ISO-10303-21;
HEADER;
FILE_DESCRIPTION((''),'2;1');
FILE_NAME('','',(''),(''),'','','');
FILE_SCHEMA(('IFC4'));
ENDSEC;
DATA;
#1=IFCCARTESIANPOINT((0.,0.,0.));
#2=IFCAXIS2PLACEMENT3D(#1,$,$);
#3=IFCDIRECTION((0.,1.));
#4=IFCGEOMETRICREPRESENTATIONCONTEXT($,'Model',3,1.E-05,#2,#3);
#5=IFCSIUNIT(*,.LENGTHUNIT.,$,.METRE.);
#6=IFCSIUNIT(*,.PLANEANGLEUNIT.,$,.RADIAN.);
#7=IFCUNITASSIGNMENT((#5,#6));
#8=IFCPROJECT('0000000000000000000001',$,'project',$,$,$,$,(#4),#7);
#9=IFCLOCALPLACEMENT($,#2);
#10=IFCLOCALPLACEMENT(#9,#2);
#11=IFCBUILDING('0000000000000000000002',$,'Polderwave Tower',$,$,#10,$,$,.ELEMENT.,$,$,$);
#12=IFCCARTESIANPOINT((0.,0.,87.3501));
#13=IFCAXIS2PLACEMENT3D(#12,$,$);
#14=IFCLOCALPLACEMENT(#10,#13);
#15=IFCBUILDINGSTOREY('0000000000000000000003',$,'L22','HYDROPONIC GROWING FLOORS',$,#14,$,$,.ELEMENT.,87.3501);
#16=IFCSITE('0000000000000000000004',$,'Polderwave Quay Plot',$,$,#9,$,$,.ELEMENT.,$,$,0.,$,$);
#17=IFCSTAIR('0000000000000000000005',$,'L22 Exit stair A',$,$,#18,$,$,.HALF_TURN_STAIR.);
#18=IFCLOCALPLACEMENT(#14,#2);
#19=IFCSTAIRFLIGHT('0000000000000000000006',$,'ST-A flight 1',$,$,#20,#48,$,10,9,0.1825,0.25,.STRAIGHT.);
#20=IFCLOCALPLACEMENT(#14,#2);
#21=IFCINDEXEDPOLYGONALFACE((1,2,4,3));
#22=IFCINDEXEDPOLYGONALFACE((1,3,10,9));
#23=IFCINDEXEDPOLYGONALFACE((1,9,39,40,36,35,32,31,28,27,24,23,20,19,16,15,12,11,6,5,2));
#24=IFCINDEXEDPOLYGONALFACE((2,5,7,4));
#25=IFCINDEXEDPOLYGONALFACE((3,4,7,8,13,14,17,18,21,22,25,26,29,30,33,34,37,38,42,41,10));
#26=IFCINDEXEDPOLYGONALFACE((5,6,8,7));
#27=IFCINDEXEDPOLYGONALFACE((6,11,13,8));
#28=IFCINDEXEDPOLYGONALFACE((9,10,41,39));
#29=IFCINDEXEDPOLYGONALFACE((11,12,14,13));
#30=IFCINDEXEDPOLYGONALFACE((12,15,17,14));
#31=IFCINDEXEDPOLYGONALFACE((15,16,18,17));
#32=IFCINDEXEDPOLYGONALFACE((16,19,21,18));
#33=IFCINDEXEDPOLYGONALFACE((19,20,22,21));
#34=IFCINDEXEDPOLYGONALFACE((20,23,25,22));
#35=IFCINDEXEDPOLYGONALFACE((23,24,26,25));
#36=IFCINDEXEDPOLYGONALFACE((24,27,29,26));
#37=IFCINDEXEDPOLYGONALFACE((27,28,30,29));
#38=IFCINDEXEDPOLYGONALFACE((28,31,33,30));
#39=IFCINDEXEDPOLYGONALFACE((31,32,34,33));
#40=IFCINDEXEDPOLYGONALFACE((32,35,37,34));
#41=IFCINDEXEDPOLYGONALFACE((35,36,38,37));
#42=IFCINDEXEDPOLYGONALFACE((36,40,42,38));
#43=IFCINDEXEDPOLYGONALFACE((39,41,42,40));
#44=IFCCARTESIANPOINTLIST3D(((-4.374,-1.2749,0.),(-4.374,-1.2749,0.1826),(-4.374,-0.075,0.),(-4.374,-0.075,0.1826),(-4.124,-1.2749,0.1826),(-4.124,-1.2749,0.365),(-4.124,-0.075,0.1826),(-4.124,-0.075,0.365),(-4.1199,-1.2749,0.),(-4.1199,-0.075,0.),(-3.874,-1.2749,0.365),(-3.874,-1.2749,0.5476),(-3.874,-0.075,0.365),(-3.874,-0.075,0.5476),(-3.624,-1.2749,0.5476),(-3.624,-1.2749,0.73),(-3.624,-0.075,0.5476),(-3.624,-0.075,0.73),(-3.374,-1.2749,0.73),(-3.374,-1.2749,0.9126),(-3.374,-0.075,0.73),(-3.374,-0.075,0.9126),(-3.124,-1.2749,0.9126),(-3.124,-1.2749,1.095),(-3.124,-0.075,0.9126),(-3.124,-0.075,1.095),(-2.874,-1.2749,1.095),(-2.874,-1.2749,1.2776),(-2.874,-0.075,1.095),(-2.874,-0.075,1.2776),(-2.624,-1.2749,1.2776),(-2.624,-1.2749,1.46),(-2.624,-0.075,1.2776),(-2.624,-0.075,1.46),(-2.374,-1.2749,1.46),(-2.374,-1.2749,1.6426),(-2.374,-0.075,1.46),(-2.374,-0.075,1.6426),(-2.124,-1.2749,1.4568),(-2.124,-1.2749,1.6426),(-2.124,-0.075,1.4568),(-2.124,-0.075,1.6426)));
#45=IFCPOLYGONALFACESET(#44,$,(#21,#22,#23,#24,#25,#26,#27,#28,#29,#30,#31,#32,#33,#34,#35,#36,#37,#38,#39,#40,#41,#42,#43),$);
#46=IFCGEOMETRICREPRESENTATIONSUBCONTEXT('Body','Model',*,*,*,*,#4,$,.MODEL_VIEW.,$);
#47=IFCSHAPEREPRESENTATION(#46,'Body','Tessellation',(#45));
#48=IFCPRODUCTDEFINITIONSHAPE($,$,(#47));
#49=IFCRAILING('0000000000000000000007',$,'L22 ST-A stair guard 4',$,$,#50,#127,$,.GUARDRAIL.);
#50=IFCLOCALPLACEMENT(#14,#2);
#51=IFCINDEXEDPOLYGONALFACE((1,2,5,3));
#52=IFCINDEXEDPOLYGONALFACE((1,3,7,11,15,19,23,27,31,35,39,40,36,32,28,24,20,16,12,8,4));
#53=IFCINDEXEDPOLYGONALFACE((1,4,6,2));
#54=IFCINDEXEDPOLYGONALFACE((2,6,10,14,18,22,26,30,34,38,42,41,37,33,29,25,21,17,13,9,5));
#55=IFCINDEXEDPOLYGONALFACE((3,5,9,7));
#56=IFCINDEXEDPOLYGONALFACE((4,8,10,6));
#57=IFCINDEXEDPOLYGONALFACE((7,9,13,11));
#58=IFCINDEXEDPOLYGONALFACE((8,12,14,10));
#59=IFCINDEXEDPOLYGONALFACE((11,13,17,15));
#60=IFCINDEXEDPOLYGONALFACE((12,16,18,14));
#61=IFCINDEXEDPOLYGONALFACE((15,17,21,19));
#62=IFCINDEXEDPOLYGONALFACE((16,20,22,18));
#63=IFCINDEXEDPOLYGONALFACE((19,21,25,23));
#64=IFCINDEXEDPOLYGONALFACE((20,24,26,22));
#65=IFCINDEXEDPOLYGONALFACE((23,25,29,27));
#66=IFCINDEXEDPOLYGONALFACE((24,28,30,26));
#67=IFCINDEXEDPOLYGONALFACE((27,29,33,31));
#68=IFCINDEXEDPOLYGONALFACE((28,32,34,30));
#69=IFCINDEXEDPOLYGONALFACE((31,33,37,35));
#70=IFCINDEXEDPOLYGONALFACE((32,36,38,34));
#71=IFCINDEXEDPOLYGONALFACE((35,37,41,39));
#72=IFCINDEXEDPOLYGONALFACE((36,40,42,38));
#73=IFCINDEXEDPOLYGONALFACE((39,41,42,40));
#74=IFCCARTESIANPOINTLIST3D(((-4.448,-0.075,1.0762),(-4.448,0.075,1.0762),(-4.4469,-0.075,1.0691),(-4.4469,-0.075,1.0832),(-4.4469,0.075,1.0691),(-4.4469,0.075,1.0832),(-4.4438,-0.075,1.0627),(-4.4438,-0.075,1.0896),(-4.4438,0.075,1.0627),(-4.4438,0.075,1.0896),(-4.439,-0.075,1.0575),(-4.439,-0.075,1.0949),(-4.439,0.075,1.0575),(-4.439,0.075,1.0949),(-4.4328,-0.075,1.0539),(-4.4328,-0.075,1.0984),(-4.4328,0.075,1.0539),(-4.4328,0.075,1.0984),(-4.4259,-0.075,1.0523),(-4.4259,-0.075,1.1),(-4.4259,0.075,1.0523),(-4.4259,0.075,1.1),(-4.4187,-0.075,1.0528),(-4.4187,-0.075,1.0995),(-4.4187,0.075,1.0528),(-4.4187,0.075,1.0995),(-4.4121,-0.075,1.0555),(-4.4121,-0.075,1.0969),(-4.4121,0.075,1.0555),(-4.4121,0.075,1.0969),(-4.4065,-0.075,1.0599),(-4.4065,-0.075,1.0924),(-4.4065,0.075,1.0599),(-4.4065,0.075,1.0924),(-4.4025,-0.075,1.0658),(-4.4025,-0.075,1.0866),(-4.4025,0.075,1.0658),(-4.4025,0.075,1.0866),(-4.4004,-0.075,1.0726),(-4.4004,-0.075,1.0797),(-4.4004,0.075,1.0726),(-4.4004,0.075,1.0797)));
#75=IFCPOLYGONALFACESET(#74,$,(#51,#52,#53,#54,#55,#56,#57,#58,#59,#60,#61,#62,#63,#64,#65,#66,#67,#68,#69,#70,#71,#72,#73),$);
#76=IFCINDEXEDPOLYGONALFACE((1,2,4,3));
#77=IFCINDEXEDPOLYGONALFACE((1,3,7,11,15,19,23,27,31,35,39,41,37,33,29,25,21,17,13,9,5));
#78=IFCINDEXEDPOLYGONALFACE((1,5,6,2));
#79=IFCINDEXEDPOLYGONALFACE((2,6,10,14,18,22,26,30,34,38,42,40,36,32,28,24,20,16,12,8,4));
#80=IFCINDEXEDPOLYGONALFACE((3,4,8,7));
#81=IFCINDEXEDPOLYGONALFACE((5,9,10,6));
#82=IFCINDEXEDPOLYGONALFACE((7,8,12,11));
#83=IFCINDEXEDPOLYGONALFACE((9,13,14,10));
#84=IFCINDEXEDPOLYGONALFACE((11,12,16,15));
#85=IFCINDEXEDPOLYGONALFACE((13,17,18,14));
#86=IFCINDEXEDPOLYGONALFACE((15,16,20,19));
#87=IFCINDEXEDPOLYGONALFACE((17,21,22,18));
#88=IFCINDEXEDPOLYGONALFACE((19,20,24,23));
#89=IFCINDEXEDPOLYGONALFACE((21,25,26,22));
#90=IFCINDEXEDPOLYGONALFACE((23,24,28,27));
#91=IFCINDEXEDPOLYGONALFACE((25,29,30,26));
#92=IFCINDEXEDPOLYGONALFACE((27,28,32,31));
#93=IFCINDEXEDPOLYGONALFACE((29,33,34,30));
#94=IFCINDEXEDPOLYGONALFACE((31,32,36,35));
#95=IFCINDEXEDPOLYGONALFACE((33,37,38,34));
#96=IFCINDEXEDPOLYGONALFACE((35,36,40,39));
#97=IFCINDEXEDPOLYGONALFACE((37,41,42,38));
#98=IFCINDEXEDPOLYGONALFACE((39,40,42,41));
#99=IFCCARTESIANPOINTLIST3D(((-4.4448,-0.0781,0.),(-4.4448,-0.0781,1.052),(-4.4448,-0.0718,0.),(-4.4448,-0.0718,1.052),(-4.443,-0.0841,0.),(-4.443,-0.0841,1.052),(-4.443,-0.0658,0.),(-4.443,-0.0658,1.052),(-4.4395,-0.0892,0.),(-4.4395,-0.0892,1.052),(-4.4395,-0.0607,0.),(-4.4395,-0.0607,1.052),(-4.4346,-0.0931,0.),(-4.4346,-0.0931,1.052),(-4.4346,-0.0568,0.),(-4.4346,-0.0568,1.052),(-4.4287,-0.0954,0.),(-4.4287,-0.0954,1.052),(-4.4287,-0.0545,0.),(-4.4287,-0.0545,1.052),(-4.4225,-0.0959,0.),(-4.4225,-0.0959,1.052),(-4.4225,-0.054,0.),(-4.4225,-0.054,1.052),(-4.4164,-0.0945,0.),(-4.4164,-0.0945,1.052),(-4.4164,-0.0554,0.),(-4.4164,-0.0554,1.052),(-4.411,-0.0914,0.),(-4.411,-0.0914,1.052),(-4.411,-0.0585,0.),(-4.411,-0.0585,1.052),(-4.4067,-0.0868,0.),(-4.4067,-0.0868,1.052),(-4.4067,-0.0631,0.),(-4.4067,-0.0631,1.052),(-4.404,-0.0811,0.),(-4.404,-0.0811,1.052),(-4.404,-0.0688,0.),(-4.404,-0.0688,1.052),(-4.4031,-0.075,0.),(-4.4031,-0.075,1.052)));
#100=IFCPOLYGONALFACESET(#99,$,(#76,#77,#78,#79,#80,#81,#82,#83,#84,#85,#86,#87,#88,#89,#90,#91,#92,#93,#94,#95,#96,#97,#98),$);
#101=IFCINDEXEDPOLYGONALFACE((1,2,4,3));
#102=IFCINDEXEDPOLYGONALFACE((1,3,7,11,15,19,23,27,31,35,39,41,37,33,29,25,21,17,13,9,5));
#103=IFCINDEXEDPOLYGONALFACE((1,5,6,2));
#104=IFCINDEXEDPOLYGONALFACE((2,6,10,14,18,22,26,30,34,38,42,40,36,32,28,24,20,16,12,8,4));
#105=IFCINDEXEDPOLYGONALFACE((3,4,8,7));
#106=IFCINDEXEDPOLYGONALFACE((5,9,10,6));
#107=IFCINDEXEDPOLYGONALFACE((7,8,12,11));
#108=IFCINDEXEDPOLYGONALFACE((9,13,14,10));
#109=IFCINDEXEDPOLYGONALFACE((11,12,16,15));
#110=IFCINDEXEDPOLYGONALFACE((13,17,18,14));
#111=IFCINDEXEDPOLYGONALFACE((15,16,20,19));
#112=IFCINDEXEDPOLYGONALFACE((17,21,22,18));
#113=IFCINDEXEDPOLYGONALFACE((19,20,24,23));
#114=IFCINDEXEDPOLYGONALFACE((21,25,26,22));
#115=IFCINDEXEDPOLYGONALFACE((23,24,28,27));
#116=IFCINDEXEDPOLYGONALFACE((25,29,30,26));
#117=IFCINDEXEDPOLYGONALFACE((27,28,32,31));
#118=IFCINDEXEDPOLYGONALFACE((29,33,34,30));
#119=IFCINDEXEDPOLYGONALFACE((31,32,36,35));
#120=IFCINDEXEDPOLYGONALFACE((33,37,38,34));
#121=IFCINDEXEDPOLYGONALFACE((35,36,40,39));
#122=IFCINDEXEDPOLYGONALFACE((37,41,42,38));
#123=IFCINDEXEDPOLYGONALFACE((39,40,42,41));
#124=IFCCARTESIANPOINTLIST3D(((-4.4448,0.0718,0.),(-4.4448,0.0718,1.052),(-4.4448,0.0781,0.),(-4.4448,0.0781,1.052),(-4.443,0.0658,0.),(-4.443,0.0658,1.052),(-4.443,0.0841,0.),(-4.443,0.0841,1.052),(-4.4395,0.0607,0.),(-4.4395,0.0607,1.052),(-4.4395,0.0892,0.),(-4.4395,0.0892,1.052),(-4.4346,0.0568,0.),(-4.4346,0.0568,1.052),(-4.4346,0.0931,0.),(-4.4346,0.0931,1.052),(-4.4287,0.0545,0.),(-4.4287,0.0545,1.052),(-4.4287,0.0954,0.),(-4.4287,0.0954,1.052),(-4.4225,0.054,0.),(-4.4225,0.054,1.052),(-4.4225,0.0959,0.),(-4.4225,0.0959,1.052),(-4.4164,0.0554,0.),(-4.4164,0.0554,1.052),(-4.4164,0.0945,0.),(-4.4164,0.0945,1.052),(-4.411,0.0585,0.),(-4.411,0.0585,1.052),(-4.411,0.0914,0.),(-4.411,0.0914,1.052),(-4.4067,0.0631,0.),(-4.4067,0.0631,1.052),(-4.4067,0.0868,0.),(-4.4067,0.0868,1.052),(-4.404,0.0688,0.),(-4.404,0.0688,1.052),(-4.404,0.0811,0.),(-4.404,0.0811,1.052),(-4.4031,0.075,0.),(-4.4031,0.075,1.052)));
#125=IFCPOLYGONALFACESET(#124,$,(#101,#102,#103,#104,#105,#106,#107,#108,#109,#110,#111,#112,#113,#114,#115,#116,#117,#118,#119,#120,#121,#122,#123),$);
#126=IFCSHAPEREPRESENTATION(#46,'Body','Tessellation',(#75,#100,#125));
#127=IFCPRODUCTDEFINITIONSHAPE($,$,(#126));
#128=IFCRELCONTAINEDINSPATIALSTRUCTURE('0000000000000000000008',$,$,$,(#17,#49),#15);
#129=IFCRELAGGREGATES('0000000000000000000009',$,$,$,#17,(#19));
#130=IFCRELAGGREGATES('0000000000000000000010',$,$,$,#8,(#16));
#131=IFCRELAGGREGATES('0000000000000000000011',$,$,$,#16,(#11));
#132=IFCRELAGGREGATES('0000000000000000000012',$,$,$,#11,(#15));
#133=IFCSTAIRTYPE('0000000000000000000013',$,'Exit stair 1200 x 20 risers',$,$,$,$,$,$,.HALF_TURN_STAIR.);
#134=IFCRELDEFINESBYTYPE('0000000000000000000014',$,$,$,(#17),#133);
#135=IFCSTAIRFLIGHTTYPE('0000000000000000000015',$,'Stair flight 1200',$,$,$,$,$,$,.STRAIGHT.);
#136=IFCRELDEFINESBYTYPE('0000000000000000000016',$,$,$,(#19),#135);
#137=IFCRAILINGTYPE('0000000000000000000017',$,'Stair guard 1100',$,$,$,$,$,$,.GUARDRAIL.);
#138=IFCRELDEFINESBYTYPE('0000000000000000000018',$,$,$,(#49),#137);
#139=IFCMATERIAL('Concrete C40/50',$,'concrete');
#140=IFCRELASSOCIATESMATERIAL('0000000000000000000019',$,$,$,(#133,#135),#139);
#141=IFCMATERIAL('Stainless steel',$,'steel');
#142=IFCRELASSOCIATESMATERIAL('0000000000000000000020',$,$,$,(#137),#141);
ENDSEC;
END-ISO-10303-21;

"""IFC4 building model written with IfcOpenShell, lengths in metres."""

from ifc_helpers import new_model, si_unit, direction, frame, origin, origin_2d, place, context, subcontext, project, spatial, polyline, circle, outline, extrude, material, type_object, element, aggregate, save


model = new_model("IFC4")

# Units and contexts
model_context = context("Model", 3, precision=1e-05, world=origin(), true_north=direction((0.0, 1.0)))
body_context = subcontext(model_context, "Body", "Model", "MODEL_VIEW")
ifc_project = project(units=[si_unit("LENGTHUNIT", "METRE"), si_unit("PLANEANGLEUNIT", "RADIAN")], contexts=[model_context])

# Site, building, storey
site_placement = place(None, origin())
site = spatial("IfcSite", under=ifc_project, at=site_placement, Name="Polderwave Quay Plot", CompositionType="ELEMENT", RefElevation=0.0)
building_placement = place(site_placement, origin())
building = spatial("IfcBuilding", under=site, at=building_placement, Name="Polderwave Tower", CompositionType="ELEMENT")
storey_placement = place(building_placement, frame((0.0, 0.0, 87.3501)))
storey = spatial("IfcBuildingStorey", under=building, at=storey_placement, Name="L22", Description="HYDROPONIC GROWING FLOORS", CompositionType="ELEMENT", Elevation=87.3501)

# Shared definitions
ifc_material_1 = material(Name="Stainless steel", Category="steel")

# Stair, stair flight
ifc_material_2 = material(Name="Concrete C40/50", Category="concrete")
stair_type = type_object("IfcStairType", Name="Exit stair 1200 x 20 risers", PredefinedType="HALF_TURN_STAIR", material=ifc_material_2)
stair_placement = place(storey_placement, origin())
stair = element("IfcStair", 1, at=stair_placement, inside=storey, type_object=stair_type, Name="L22 Exit stair A", PredefinedType="HALF_TURN_STAIR")
stair_flight_type = type_object("IfcStairFlightType", Name="Stair flight 1200", PredefinedType="STRAIGHT", material=ifc_material_2)
stair_flight_placement = place(storey_placement, frame((-4.374, -0.675, 0.0), z_axis=(0.0, 0.0, 1.0), x_axis=(1.0, 0.0, 0.0)))
stair_flight = element("IfcStairFlight", 2, at=stair_flight_placement, type_object=stair_flight_type, Name="ST-A flight 1", NumberOfRisers=10, NumberOfTreads=9, PredefinedType="STRAIGHT", RiserHeight=0.1825, TreadLength=0.25, context=body_context, shape_type="SweptSolid", body=[
    extrude(outline(polyline([(0.0, 0.0), (0.0, 0.1826), (0.25, 0.1826), (0.25, 0.365), (0.5, 0.365), (0.5, 0.5476), (0.75, 0.5476), (0.75, 0.73), (1.0, 0.73), (1.0, 0.9126), (1.25, 0.9126), (1.25, 1.095), (1.5, 1.095), (1.5, 1.2776), (1.75, 1.2776), (1.75, 1.46), (2.0, 1.46), (2.0, 1.6426), (2.25, 1.6426), (2.25, 1.825), (2.25, 1.4568), (0.2542, 0.0), (0.0, 0.0)])), frame((0.0, 0.6001, 0.0), z_axis=(0.0, -1.0, 0.0), x_axis=(1.0, 0.0, 0.0)), (0.0, 0.0, 1.0), 1.2),
])
aggregate(stair, [stair_flight])

# Railing
railing_type_1 = type_object("IfcRailingType", Name="Stair guard 1100", PredefinedType="GUARDRAIL", material=ifc_material_1)
railing_1_placement = place(storey_placement, frame((-4.4241, -0.075, 0.0)))
element("IfcRailing", 3, at=railing_1_placement, inside=storey, type_object=railing_type_1, Name="L22 ST-A stair guard 4", PredefinedType="GUARDRAIL", context=body_context, shape_type="SweptSolid", body=[
    extrude(circle(Radius=0.0239, at=origin_2d()), frame((0.0, 0.0, 1.0762), z_axis=(0.0, 1.0, 0.0), x_axis=(-1.0, 0.0, 0.0)), (0.0, 0.0, 1.0), 0.1499),
    extrude(circle(Radius=0.021, at=origin_2d()), origin(), (0.0, 0.0, 1.0), 1.052),
    extrude(circle(Radius=0.021, at=origin_2d()), frame((0.0, 0.1499, 0.0)), (0.0, 0.0, 1.0), 1.052),
])

save(model, "model.ifc")
